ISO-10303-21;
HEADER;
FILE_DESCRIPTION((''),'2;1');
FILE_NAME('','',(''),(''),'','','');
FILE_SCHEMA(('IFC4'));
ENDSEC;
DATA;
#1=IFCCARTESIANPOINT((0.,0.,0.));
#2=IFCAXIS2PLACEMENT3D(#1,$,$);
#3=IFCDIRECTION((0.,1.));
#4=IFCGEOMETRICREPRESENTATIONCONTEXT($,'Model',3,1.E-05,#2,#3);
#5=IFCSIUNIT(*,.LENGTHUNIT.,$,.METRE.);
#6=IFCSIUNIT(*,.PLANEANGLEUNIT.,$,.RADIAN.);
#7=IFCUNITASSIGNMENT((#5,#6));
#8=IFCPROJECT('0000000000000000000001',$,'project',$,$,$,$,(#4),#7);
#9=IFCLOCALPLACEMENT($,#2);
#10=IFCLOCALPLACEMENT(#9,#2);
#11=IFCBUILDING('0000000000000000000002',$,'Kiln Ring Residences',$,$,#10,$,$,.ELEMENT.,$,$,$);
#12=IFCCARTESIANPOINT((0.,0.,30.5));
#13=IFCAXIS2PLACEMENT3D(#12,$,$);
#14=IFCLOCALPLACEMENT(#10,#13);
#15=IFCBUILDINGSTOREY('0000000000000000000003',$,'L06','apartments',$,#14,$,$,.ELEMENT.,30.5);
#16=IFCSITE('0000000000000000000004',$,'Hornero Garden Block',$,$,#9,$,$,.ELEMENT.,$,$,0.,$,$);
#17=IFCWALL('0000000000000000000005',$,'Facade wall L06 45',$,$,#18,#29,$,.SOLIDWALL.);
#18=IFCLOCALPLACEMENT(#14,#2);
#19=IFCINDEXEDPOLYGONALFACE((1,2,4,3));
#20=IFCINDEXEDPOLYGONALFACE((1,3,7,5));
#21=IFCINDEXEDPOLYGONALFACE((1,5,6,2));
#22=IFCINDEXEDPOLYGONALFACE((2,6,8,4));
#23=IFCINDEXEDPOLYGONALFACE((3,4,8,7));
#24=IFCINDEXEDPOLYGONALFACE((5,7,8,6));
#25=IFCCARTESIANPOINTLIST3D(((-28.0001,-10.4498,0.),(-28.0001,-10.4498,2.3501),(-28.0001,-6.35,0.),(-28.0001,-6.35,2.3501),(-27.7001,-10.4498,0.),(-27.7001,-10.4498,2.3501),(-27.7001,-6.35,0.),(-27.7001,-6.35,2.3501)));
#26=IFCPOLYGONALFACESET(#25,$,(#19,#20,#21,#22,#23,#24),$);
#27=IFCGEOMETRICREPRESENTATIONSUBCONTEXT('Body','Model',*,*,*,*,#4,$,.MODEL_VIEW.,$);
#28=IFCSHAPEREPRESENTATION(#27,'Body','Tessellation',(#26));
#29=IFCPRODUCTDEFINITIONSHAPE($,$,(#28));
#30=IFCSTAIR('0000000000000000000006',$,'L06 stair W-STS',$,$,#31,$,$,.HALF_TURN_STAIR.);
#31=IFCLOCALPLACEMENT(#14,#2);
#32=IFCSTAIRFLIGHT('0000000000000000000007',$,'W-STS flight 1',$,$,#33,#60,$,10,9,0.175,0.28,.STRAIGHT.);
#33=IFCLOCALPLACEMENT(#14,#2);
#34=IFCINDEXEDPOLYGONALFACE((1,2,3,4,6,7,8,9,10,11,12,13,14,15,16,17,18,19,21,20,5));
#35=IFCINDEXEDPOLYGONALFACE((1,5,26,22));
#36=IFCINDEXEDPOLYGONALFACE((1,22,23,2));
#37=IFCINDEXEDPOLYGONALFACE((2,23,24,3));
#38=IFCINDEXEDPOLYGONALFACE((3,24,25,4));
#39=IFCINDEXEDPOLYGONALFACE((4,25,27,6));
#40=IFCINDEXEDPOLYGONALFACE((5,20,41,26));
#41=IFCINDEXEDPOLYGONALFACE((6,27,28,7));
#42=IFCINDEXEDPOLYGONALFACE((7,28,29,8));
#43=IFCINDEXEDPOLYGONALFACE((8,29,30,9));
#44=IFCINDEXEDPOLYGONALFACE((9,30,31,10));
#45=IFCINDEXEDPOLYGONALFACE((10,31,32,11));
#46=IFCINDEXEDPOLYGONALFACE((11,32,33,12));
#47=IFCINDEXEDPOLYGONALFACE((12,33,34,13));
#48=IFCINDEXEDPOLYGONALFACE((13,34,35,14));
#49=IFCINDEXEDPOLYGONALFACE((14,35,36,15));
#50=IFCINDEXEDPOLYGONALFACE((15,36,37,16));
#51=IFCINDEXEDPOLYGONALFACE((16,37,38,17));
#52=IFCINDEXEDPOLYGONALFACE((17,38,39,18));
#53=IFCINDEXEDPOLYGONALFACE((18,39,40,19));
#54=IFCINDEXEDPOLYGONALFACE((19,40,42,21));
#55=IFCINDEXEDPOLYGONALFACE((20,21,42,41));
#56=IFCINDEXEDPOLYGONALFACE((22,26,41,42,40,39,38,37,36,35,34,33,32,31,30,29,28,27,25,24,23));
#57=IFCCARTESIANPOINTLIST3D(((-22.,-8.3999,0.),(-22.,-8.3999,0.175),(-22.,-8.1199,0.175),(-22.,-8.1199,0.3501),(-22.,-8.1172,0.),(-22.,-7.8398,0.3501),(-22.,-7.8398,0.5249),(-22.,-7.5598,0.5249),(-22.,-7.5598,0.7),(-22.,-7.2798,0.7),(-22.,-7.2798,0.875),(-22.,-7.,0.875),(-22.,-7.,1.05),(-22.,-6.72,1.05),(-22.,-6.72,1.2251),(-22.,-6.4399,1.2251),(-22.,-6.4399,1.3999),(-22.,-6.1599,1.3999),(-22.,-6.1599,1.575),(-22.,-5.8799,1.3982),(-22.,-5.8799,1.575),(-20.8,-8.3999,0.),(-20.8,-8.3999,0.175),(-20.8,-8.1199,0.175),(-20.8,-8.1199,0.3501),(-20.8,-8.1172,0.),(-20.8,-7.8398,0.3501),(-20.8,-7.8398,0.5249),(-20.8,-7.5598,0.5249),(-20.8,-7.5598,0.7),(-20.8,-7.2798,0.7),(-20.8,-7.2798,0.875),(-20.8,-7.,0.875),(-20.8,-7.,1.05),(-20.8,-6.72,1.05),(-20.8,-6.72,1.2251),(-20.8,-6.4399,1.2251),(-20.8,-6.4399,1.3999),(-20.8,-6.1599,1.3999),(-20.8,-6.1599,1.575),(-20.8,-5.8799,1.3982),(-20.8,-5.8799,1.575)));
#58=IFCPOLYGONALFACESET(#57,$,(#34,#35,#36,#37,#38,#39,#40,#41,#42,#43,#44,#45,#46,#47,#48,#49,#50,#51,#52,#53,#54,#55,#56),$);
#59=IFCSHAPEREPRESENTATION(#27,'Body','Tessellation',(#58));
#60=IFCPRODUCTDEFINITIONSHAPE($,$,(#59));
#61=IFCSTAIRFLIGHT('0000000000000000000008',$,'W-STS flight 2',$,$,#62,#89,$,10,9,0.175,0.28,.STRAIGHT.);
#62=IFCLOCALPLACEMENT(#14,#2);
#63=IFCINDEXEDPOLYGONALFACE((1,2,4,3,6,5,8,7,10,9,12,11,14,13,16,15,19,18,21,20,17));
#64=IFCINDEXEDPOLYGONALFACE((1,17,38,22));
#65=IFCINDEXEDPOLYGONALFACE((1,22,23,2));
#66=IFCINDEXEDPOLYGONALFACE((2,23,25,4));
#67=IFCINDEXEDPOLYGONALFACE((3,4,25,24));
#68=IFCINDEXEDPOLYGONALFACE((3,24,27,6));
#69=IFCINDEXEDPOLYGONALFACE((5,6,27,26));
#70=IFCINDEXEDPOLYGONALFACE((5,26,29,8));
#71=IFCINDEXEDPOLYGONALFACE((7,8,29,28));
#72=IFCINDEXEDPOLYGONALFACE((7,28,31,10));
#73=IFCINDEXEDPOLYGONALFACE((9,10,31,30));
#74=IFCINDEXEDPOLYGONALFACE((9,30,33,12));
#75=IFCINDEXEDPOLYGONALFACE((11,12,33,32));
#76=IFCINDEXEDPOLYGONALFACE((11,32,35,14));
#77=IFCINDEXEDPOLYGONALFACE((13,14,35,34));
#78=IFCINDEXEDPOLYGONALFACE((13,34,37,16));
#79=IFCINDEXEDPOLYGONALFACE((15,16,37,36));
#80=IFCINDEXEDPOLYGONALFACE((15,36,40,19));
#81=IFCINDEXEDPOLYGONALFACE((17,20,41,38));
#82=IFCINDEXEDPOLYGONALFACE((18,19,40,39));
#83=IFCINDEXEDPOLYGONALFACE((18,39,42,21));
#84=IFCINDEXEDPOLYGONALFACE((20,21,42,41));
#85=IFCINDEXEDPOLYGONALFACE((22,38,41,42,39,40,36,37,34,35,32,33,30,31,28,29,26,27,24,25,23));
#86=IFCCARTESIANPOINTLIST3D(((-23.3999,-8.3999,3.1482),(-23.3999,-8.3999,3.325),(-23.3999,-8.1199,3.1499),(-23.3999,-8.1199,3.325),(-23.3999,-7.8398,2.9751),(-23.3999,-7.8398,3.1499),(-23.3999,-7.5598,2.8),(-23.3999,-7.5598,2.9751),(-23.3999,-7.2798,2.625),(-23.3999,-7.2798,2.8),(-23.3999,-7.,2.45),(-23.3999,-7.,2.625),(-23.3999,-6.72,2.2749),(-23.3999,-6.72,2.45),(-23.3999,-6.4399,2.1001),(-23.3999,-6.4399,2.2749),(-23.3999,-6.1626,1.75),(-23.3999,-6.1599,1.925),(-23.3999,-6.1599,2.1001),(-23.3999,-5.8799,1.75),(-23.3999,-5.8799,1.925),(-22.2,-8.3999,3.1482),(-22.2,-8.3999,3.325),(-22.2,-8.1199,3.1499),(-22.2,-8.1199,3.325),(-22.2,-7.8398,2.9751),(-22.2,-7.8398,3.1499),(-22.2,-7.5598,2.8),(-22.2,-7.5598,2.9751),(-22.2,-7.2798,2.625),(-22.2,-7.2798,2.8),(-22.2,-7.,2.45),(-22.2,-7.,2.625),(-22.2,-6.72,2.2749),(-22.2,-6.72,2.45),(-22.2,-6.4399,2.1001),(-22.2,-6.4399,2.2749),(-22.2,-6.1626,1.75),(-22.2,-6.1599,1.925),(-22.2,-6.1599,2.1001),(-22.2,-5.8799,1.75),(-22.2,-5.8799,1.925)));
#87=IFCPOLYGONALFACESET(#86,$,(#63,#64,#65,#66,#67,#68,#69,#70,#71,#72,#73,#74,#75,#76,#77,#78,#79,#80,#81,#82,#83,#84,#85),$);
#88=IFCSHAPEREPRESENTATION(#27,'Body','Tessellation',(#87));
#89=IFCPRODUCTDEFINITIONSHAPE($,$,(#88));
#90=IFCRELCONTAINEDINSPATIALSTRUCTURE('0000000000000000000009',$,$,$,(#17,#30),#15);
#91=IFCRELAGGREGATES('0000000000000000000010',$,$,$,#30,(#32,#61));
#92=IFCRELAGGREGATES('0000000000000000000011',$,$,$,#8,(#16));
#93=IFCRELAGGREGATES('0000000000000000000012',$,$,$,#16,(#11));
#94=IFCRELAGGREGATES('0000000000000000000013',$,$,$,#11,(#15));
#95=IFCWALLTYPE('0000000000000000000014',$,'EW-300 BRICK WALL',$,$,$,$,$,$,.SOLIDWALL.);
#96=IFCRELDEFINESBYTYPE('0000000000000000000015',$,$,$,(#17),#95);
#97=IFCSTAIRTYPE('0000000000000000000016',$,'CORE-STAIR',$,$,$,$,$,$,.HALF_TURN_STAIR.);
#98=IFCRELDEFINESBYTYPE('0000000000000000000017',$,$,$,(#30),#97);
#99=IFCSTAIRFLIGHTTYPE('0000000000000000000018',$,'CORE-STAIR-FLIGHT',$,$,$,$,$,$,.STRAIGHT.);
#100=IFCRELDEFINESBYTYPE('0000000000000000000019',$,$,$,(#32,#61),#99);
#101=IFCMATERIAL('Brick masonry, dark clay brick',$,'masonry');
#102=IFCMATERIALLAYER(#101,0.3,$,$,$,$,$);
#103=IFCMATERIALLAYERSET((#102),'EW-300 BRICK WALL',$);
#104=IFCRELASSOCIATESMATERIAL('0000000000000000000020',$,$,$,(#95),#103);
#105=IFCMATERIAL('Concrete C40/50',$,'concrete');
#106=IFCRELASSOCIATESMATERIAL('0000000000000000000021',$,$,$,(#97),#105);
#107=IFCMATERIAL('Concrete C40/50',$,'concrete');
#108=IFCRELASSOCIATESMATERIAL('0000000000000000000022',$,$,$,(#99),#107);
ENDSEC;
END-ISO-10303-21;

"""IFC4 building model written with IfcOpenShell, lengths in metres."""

from ifc_helpers import new_model, si_unit, direction, frame, frame_2d, origin, place, context, subcontext, project, spatial, polyline, rectangle, outline, extrude, material, layer, layer_set, type_object, element, aggregate, save


model = new_model("IFC4")

# Units and contexts
model_context = context("Model", 3, precision=1e-05, world=origin(), true_north=direction((0.0, 1.0)))
body_context = subcontext(model_context, "Body", "Model", "MODEL_VIEW")
ifc_project = project(units=[si_unit("LENGTHUNIT", "METRE"), si_unit("PLANEANGLEUNIT", "RADIAN")], contexts=[model_context])

# Site, building, storey
site_placement = place(None, origin())
site = spatial("IfcSite", under=ifc_project, at=site_placement, Name="Hornero Garden Block", CompositionType="ELEMENT", RefElevation=0.0)
building_placement = place(site_placement, origin())
building = spatial("IfcBuilding", under=site, at=building_placement, Name="Kiln Ring Residences", CompositionType="ELEMENT")
storey_placement = place(building_placement, frame((0.0, 0.0, 30.5)))
storey = spatial("IfcBuildingStorey", under=building, at=storey_placement, Name="L06", Description="apartments", CompositionType="ELEMENT", Elevation=30.5)

# Wall
ifc_material_1 = material(Name="Brick masonry, dark clay brick", Category="masonry")
ifc_layer_1 = layer(ifc_material_1, 0.3)
ifc_layer_set_1 = layer_set([ifc_layer_1], Name="EW-300 BRICK WALL")
wall_type_1 = type_object("IfcWallType", Name="EW-300 BRICK WALL", PredefinedType="SOLIDWALL", material=ifc_layer_set_1)
wall_1_placement = place(storey_placement, frame((-27.8501, -6.3501, 0.0), z_axis=(0.0, 0.0, 1.0), x_axis=(0.0, -1.0, 0.0)))
element("IfcWall", 1, at=wall_1_placement, inside=storey, type_object=wall_type_1, Name="Facade wall L06 45", PredefinedType="SOLIDWALL", context=body_context, shape_type="SweptSolid", body=[
    extrude(rectangle(XDim=4.0999, YDim=0.3, at=frame_2d((2.0498, 0.0))), origin(), (0.0, 0.0, 1.0), 2.3501),
])

# Stair, stair flights
ifc_material_2 = material(Name="Concrete C40/50", Category="concrete")
stair_type = type_object("IfcStairType", Name="CORE-STAIR", PredefinedType="HALF_TURN_STAIR", material=ifc_material_2)
stair_placement = place(storey_placement, origin())
stair = element("IfcStair", 2, at=stair_placement, inside=storey, type_object=stair_type, Name="L06 stair W-STS", PredefinedType="HALF_TURN_STAIR")
ifc_material_3 = material(Name="Concrete C40/50", Category="concrete")
stair_flight_type = type_object("IfcStairFlightType", Name="CORE-STAIR-FLIGHT", PredefinedType="STRAIGHT", material=ifc_material_3)
stair_flight_1_placement = place(storey_placement, frame((-21.3999, -8.3999, 0.0), z_axis=(0.0, 0.0, 1.0), x_axis=(0.0, 1.0, 0.0)))
stair_flight_1 = element("IfcStairFlight", 3, at=stair_flight_1_placement, type_object=stair_flight_type, Name="W-STS flight 1", NumberOfRisers=10, NumberOfTreads=9, PredefinedType="STRAIGHT", RiserHeight=0.175, TreadLength=0.28, context=body_context, shape_type="SweptSolid", body=[
    extrude(outline(polyline([(0.0, 0.0), (0.0, 0.175), (0.28, 0.175), (0.28, 0.3501), (0.5601, 0.3501), (0.5601, 0.5249), (0.8401, 0.5249), (0.8401, 0.7), (1.1201, 0.7), (1.1201, 0.875), (1.3999, 0.875), (1.3999, 1.05), (1.6799, 1.05), (1.6799, 1.2251), (1.96, 1.2251), (1.96, 1.3999), (2.24, 1.3999), (2.24, 1.575), (2.52, 1.575), (2.52, 1.75), (2.52, 1.3982), (0.2827, 0.0), (0.0, 0.0)])), frame((0.0, 0.6001, 0.0), z_axis=(0.0, -1.0, 0.0), x_axis=(1.0, 0.0, 0.0)), (0.0, 0.0, 1.0), 1.2),
])
stair_flight_2_placement = place(storey_placement, frame((-22.8, -5.8799, 1.75), z_axis=(0.0, 0.0, 1.0), x_axis=(0.0, -1.0, 0.0)))
stair_flight_2 = element("IfcStairFlight", 4, at=stair_flight_2_placement, type_object=stair_flight_type, Name="W-STS flight 2", NumberOfRisers=10, NumberOfTreads=9, PredefinedType="STRAIGHT", RiserHeight=0.175, TreadLength=0.28, context=body_context, shape_type="SweptSolid", body=[
    extrude(outline(polyline([(0.0, 0.0), (0.0, 0.175), (0.28, 0.175), (0.28, 0.3501), (0.5601, 0.3501), (0.5601, 0.5249), (0.8401, 0.5249), (0.8401, 0.7), (1.1201, 0.7), (1.1201, 0.875), (1.3999, 0.875), (1.3999, 1.05), (1.6799, 1.05), (1.6799, 1.2251), (1.96, 1.2251), (1.96, 1.3999), (2.24, 1.3999), (2.24, 1.575), (2.52, 1.575), (2.52, 1.75), (2.52, 1.3982), (0.2827, 0.0), (0.0, 0.0)])), frame((0.0, 0.6001, 0.0), z_axis=(0.0, -1.0, 0.0), x_axis=(1.0, 0.0, 0.0)), (0.0, 0.0, 1.0), 1.2),
])
aggregate(stair, [stair_flight_1, stair_flight_2])

save(model, "model.ifc")
